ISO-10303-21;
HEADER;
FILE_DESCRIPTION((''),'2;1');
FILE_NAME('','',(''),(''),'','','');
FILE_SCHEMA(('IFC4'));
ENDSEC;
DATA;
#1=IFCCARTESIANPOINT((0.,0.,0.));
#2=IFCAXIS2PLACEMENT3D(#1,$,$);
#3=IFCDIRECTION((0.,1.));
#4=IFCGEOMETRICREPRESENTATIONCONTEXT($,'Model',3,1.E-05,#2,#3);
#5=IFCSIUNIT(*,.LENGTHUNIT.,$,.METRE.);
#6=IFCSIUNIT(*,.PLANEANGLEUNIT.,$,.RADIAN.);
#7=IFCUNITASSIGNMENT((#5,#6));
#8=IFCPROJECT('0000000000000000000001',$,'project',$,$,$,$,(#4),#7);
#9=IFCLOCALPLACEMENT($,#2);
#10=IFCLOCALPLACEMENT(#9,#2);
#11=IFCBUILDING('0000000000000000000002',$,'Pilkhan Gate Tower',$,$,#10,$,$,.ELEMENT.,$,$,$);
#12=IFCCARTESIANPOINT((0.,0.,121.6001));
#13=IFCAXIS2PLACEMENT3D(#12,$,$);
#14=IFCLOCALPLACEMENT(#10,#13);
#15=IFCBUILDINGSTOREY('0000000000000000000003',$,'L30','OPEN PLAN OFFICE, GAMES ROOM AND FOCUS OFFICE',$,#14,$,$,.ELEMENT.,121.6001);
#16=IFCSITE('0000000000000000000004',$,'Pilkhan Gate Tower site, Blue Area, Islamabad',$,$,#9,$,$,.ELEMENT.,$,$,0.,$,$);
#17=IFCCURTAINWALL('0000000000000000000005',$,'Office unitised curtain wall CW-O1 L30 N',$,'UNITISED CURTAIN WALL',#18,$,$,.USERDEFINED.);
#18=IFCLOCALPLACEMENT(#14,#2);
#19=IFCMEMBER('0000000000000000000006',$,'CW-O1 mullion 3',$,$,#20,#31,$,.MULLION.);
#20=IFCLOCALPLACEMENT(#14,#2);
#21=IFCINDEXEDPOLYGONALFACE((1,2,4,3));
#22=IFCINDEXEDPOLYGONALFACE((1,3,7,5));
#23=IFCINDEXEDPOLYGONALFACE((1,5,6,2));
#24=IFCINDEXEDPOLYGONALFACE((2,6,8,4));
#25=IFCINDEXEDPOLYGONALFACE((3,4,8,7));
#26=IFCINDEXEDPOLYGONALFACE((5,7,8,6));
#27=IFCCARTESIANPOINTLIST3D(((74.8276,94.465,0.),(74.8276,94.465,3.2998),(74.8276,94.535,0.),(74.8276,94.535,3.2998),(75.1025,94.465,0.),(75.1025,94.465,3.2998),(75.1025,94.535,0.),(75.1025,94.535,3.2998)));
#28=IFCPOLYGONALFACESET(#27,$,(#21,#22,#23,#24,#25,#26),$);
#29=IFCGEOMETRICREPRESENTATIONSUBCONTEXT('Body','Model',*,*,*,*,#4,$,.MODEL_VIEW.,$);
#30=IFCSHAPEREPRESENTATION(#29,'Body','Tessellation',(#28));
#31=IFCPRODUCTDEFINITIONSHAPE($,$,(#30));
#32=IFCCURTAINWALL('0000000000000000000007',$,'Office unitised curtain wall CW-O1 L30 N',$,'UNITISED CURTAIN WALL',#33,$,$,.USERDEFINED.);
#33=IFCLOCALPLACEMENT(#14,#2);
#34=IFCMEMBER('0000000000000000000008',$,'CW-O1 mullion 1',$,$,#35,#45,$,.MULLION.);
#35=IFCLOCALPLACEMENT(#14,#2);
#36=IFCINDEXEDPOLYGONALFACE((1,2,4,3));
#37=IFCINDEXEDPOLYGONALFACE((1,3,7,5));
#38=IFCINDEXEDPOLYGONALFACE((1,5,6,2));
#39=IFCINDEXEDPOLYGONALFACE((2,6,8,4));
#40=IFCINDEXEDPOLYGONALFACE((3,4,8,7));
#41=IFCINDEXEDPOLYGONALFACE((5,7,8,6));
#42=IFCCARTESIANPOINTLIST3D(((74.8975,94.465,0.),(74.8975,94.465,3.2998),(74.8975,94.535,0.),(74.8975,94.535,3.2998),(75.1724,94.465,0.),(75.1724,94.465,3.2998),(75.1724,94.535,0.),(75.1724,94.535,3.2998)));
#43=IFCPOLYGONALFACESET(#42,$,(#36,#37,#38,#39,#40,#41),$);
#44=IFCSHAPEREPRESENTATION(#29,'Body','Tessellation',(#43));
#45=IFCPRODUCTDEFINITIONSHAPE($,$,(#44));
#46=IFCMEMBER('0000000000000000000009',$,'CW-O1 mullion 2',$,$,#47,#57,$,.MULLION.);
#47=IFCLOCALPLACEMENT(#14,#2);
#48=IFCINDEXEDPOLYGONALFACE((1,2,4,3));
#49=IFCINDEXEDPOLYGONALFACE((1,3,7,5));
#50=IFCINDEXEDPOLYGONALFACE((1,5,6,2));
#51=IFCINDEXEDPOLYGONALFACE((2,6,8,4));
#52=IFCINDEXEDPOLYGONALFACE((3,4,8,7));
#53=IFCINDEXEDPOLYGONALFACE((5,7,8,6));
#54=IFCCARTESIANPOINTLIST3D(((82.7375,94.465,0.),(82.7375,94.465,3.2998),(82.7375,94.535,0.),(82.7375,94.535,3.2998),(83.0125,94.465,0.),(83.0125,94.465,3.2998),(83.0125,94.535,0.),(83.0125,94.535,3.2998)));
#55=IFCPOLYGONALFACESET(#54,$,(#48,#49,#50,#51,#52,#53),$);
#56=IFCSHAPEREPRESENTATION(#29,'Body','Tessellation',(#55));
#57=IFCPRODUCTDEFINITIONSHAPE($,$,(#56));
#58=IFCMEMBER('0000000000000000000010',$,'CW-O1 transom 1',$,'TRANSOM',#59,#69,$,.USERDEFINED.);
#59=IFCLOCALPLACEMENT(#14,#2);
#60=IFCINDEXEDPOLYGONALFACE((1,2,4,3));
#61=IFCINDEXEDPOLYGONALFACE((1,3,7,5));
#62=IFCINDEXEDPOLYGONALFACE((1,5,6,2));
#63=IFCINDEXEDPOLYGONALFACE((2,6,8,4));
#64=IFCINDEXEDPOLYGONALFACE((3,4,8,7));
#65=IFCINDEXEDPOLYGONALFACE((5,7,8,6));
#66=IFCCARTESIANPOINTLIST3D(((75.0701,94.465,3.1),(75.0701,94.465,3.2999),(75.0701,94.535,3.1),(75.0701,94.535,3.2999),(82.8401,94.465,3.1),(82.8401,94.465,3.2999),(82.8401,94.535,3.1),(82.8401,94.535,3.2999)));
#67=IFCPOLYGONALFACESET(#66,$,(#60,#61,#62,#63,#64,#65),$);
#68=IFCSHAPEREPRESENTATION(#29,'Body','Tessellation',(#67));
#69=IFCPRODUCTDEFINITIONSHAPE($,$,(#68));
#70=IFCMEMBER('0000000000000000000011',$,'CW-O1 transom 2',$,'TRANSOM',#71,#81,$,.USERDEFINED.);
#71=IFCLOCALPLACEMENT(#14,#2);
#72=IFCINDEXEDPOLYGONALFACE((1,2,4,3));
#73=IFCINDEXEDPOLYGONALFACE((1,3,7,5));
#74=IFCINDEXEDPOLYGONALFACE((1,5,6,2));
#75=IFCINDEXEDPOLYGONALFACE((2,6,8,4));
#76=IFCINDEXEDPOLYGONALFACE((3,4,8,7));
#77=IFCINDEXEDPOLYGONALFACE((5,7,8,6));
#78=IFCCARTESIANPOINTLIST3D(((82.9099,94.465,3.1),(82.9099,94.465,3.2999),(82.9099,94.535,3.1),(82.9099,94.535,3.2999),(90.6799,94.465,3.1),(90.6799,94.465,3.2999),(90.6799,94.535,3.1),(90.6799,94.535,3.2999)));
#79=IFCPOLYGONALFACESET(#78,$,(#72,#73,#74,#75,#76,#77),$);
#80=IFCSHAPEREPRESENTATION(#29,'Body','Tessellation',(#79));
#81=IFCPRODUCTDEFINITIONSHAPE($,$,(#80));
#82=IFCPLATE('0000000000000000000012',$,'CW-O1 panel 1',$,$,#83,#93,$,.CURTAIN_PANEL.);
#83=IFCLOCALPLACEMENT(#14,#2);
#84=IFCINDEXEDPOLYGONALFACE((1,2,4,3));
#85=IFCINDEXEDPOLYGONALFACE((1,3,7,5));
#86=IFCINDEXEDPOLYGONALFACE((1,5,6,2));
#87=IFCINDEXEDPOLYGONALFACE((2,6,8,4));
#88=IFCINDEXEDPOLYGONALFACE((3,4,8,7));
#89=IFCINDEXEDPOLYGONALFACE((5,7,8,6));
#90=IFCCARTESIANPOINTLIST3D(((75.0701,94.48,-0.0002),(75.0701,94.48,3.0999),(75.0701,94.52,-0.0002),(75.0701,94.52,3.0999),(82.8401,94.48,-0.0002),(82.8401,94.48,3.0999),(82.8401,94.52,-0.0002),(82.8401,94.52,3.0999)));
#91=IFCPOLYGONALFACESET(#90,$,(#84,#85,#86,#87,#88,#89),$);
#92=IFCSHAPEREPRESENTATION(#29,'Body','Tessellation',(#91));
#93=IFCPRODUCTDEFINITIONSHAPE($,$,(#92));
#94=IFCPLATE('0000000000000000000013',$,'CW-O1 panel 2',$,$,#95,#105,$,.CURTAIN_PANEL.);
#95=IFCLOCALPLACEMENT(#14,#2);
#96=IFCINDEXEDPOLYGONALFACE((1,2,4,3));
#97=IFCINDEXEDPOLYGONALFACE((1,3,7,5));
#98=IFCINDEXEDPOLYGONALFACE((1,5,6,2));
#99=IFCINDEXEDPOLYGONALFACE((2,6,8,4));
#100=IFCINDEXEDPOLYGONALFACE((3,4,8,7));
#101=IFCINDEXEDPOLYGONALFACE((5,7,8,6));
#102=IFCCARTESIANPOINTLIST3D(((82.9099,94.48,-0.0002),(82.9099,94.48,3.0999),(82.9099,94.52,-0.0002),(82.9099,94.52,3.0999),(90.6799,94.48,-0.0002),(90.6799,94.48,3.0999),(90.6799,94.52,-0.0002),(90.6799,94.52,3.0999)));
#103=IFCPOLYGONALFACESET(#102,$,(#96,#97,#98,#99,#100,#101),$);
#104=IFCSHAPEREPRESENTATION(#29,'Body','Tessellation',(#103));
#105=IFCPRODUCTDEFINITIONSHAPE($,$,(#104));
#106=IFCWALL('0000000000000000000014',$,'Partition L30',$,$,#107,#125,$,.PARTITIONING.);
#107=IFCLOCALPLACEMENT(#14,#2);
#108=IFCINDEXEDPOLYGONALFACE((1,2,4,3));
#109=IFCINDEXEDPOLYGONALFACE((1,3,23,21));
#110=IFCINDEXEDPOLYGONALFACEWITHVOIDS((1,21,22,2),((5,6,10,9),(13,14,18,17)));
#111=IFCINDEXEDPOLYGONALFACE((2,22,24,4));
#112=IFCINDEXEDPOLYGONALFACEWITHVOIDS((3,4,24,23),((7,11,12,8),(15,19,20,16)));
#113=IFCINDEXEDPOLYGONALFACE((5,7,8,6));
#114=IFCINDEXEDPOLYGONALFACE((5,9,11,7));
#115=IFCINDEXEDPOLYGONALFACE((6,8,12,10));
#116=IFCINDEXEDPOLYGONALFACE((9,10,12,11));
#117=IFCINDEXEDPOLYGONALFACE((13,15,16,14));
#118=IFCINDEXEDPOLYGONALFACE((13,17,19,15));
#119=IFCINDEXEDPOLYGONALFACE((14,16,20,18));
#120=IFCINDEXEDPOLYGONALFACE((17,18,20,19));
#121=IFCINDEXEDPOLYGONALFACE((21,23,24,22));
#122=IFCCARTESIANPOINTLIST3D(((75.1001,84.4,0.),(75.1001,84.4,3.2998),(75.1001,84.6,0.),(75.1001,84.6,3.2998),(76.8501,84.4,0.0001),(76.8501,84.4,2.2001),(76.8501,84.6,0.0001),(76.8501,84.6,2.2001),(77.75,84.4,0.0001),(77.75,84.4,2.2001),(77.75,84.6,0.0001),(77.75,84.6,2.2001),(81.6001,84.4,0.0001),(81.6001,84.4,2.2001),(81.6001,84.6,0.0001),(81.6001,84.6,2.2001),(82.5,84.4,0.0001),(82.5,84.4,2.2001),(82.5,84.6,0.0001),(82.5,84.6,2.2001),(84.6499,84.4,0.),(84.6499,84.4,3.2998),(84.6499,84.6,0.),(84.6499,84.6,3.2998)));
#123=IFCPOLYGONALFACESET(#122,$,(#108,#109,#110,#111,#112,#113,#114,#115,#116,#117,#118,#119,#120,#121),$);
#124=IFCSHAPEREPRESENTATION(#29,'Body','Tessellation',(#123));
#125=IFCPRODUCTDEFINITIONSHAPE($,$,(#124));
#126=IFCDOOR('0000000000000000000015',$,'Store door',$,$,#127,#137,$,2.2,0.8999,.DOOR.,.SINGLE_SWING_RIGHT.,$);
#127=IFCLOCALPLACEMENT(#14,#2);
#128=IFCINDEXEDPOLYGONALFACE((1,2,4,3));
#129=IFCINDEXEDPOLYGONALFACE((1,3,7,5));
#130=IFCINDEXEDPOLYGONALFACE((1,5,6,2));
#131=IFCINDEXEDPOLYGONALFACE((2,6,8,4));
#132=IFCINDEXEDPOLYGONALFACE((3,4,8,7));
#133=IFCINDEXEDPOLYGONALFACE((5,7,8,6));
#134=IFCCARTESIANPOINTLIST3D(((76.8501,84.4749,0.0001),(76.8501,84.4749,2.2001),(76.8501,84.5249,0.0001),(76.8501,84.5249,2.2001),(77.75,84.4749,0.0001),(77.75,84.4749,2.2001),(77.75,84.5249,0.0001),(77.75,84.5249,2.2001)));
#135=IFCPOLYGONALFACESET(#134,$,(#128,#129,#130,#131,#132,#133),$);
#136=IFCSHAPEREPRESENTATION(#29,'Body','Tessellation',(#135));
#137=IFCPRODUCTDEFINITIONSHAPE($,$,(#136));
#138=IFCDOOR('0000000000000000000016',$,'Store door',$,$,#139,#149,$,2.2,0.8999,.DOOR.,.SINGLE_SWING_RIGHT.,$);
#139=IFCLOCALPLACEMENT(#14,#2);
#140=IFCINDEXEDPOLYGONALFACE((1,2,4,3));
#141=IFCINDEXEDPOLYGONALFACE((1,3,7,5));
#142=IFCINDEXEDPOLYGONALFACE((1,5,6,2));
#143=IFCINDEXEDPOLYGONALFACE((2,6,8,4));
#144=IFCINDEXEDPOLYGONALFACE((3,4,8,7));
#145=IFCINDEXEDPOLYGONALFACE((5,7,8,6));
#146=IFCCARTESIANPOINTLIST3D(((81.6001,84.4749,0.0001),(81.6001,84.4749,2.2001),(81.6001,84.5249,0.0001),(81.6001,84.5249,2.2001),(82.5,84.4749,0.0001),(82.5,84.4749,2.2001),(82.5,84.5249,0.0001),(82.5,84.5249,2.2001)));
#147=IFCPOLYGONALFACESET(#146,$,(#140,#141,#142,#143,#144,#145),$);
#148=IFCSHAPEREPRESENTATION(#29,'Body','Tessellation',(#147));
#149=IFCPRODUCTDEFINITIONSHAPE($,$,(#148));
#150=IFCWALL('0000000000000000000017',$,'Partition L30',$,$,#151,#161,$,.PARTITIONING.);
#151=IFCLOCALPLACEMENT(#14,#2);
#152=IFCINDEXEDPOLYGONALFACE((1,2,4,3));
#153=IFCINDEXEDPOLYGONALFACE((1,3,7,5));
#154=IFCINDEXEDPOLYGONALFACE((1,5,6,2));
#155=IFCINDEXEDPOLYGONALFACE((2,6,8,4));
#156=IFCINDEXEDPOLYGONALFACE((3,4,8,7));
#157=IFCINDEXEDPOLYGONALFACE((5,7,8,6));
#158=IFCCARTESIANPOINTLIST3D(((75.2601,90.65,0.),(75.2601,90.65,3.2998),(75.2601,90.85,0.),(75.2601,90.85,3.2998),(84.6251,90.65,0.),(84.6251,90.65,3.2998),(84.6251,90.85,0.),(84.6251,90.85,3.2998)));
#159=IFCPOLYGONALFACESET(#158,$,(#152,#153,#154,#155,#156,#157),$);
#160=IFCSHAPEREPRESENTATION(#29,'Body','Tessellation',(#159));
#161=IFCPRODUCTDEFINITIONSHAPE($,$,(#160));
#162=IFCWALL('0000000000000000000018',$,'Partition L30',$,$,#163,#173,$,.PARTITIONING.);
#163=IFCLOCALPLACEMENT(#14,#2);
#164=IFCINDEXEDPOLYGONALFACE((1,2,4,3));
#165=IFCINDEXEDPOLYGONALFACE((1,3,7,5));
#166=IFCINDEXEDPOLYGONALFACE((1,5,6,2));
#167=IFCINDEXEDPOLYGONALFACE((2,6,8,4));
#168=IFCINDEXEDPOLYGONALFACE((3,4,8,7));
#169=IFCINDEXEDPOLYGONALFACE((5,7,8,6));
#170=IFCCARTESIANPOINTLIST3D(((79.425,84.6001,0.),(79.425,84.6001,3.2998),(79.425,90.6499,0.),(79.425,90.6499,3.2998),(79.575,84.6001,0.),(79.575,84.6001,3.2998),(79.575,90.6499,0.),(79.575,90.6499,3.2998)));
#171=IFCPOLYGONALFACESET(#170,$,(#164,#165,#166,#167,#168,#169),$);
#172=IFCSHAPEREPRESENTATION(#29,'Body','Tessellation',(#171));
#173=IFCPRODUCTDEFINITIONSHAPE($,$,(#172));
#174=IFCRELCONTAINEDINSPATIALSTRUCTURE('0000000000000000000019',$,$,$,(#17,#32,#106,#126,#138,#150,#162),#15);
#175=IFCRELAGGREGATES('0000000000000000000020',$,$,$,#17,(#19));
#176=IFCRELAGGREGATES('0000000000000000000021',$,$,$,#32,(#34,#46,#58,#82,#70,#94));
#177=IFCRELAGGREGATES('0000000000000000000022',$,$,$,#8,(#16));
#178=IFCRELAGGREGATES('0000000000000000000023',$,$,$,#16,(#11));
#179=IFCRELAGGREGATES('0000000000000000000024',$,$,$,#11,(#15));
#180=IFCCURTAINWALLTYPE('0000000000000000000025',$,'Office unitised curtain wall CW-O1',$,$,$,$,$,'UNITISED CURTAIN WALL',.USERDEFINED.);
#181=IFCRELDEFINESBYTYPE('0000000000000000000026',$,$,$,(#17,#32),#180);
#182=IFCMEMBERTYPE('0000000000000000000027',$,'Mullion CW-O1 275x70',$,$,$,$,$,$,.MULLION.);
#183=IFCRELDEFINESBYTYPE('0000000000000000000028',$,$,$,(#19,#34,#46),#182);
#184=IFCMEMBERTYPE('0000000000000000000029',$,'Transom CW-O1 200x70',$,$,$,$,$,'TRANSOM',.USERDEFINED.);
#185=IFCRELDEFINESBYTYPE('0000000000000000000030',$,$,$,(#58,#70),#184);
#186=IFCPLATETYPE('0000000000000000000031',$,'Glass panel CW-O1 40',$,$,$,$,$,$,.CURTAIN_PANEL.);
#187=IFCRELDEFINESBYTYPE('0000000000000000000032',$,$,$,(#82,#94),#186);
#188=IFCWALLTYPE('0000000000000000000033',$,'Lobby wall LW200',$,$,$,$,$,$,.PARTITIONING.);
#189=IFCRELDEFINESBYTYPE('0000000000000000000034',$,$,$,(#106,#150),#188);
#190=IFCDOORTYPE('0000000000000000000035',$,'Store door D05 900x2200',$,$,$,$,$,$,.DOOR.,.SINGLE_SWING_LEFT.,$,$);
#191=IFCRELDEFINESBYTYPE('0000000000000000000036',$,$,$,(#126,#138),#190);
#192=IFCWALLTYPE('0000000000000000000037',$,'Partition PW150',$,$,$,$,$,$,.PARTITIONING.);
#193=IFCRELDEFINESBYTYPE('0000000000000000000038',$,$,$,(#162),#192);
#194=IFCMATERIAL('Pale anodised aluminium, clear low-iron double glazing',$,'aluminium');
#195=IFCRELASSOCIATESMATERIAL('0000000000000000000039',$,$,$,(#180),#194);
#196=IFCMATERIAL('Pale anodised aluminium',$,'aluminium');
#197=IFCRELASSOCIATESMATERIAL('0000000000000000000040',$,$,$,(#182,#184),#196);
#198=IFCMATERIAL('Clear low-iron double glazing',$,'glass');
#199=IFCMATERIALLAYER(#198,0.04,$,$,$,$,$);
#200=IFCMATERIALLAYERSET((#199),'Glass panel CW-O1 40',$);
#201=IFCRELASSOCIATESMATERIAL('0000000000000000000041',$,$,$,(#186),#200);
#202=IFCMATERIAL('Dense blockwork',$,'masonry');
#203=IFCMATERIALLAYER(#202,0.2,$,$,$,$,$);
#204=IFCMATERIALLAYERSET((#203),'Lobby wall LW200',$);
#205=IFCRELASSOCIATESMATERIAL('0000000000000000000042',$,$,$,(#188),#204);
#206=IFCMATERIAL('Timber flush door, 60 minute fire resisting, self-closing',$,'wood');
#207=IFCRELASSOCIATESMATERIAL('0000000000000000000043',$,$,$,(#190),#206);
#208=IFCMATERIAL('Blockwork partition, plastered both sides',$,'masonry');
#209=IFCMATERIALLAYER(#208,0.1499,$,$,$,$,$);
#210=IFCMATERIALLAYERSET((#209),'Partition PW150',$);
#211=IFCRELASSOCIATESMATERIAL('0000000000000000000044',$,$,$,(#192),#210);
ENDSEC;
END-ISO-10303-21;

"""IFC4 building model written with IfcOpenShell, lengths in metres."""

from ifc_helpers import new_model, si_unit, direction, frame, frame_2d, origin, origin_2d, place, context, subcontext, project, spatial, rectangle, extrude, material, layer, layer_set, material_profile, profile_set, type_object, element, fill, aggregate, save


model = new_model("IFC4")

# Units and contexts
model_context = context("Model", 3, precision=1e-05, world=origin(), true_north=direction((0.0, 1.0)))
body_context = subcontext(model_context, "Body", "Model", "MODEL_VIEW")
ifc_project = project(units=[si_unit("LENGTHUNIT", "METRE"), si_unit("PLANEANGLEUNIT", "RADIAN")], contexts=[model_context])

# Site, building, storey
site_placement = place(None, origin())
site = spatial("IfcSite", under=ifc_project, at=site_placement, Name="Pilkhan Gate Tower site, Blue Area, Islamabad", CompositionType="ELEMENT", RefElevation=0.0)
building_placement = place(site_placement, origin())
building = spatial("IfcBuilding", under=site, at=building_placement, Name="Pilkhan Gate Tower", CompositionType="ELEMENT")
storey_placement = place(building_placement, frame((0.0, 0.0, 121.6001)))
storey = spatial("IfcBuildingStorey", under=building, at=storey_placement, Name="L30", Description="OPEN PLAN OFFICE, GAMES ROOM AND FOCUS OFFICE", CompositionType="ELEMENT", Elevation=121.6001)

# Curtain wall, member
ifc_material_1 = material(Name="Pale anodised aluminium, clear low-iron double glazing", Category="aluminium")
curtain_wall_type = type_object("IfcCurtainWallType", Name="Office unitised curtain wall CW-O1", ElementType="UNITISED CURTAIN WALL", PredefinedType="USERDEFINED", material=ifc_material_1)
curtain_wall_1_placement = place(storey_placement, origin())
curtain_wall_1 = element("IfcCurtainWall", 1, at=curtain_wall_1_placement, inside=storey, type_object=curtain_wall_type, Name="Office unitised curtain wall CW-O1 L30 N", ObjectType="UNITISED CURTAIN WALL", PredefinedType="USERDEFINED")
ifc_material_2 = material(Name="Pale anodised aluminium", Category="aluminium")
ifc_material_profile_1 = material_profile(ifc_material_2, rectangle(XDim=0.0701, YDim=0.2749, at=origin_2d()), Name="Mullion 275x70")
ifc_profile_set_1 = profile_set([ifc_material_profile_1], Name="Pale anodised aluminium")
member_type_1 = type_object("IfcMemberType", Name="Mullion CW-O1 275x70", PredefinedType="MULLION", material=ifc_profile_set_1)
member_1_placement = place(storey_placement, frame((74.9651, 94.5, 0.0), z_axis=(0.0, 0.0, 1.0), x_axis=(0.0, 1.0, 0.0)))
member_1 = element("IfcMember", 2, at=member_1_placement, type_object=member_type_1, Name="CW-O1 mullion 3", PredefinedType="MULLION", context=body_context, shape_type="SweptSolid", body=[
    extrude(rectangle(XDim=0.0701, YDim=0.2749, at=origin_2d()), origin(), (0.0, 0.0, 1.0), 3.2998),
])
aggregate(curtain_wall_1, [member_1])

# Curtain wall, members, plates
curtain_wall_2_placement = place(storey_placement, origin())
curtain_wall_2 = element("IfcCurtainWall", 3, at=curtain_wall_2_placement, inside=storey, type_object=curtain_wall_type, Name="Office unitised curtain wall CW-O1 L30 N", ObjectType="UNITISED CURTAIN WALL", PredefinedType="USERDEFINED")
member_2_placement = place(storey_placement, frame((75.0349, 94.5, 0.0), z_axis=(0.0, 0.0, 1.0), x_axis=(0.0, 1.0, 0.0)))
member_2 = element("IfcMember", 4, at=member_2_placement, type_object=member_type_1, Name="CW-O1 mullion 1", PredefinedType="MULLION", context=body_context, shape_type="SweptSolid", body=[
    extrude(rectangle(XDim=0.0701, YDim=0.2749, at=origin_2d()), origin(), (0.0, 0.0, 1.0), 3.2998),
])
member_3_placement = place(storey_placement, frame((82.875, 94.5, 0.0), z_axis=(0.0, 0.0, 1.0), x_axis=(0.0, 1.0, 0.0)))
member_3 = element("IfcMember", 5, at=member_3_placement, type_object=member_type_1, Name="CW-O1 mullion 2", PredefinedType="MULLION", context=body_context, shape_type="SweptSolid", body=[
    extrude(rectangle(XDim=0.0701, YDim=0.2749, at=origin_2d()), origin(), (0.0, 0.0, 1.0), 3.2998),
])
ifc_material_profile_2 = material_profile(ifc_material_2, rectangle(XDim=0.0701, YDim=0.2, at=origin_2d()), Name="Transom 200x70")
ifc_profile_set_2 = profile_set([ifc_material_profile_2], Name="Pale anodised aluminium")
member_type_2 = type_object("IfcMemberType", Name="Transom CW-O1 200x70", ElementType="TRANSOM", PredefinedType="USERDEFINED", material=ifc_profile_set_2)
member_4_placement = place(storey_placement, frame((75.0701, 94.5, 3.2), z_axis=(1.0, 0.0, 0.0), x_axis=(0.0, 1.0, 0.0)))
member_4 = element("IfcMember", 6, at=member_4_placement, type_object=member_type_2, Name="CW-O1 transom 1", ObjectType="TRANSOM", PredefinedType="USERDEFINED", context=body_context, shape_type="SweptSolid", body=[
    extrude(rectangle(XDim=0.0701, YDim=0.2, at=origin_2d()), origin(), (0.0, 0.0, 1.0), 7.77),
])
member_5_placement = place(storey_placement, frame((82.9099, 94.5, 3.2), z_axis=(1.0, 0.0, 0.0), x_axis=(0.0, 1.0, 0.0)))
member_5 = element("IfcMember", 7, at=member_5_placement, type_object=member_type_2, Name="CW-O1 transom 2", ObjectType="TRANSOM", PredefinedType="USERDEFINED", context=body_context, shape_type="SweptSolid", body=[
    extrude(rectangle(XDim=0.0701, YDim=0.2, at=origin_2d()), origin(), (0.0, 0.0, 1.0), 7.77),
])
ifc_material_3 = material(Name="Clear low-iron double glazing", Category="glass")
ifc_layer_1 = layer(ifc_material_3, 0.04)
ifc_layer_set_1 = layer_set([ifc_layer_1], Name="Glass panel CW-O1 40")
plate_type = type_object("IfcPlateType", Name="Glass panel CW-O1 40", PredefinedType="CURTAIN_PANEL", material=ifc_layer_set_1)
plate_1_placement = place(storey_placement, frame((78.9551, 94.5, -0.0002), z_axis=(0.0, 0.0, 1.0), x_axis=(1.0, 0.0, 0.0)))
plate_1 = element("IfcPlate", 8, at=plate_1_placement, type_object=plate_type, Name="CW-O1 panel 1", PredefinedType="CURTAIN_PANEL", context=body_context, shape_type="SweptSolid", body=[
    extrude(rectangle(XDim=7.77, YDim=0.04, at=origin_2d()), origin(), (0.0, 0.0, 1.0), 3.1001),
])
plate_2_placement = place(storey_placement, frame((86.7949, 94.5, -0.0002), z_axis=(0.0, 0.0, 1.0), x_axis=(1.0, 0.0, 0.0)))
plate_2 = element("IfcPlate", 9, at=plate_2_placement, type_object=plate_type, Name="CW-O1 panel 2", PredefinedType="CURTAIN_PANEL", context=body_context, shape_type="SweptSolid", body=[
    extrude(rectangle(XDim=7.77, YDim=0.04, at=origin_2d()), origin(), (0.0, 0.0, 1.0), 3.1001),
])
aggregate(curtain_wall_2, [member_2, member_3, member_4, plate_1, member_5, plate_2])

# Wall, openings, doors
ifc_material_4 = material(Name="Dense blockwork", Category="masonry")
ifc_layer_2 = layer(ifc_material_4, 0.2)
ifc_layer_set_2 = layer_set([ifc_layer_2], Name="Lobby wall LW200")
wall_type_1 = type_object("IfcWallType", Name="Lobby wall LW200", PredefinedType="PARTITIONING", material=ifc_layer_set_2)
wall_1_placement = place(storey_placement, frame((75.1001, 84.5, 0.0), z_axis=(0.0, 0.0, 1.0), x_axis=(1.0, 0.0, 0.0)))
wall_1 = element("IfcWall", 10, at=wall_1_placement, inside=storey, type_object=wall_type_1, Name="Partition L30", PredefinedType="PARTITIONING", context=body_context, shape_type="SweptSolid", body=[
    extrude(rectangle(XDim=9.5498, YDim=0.2, at=frame_2d((4.7749, 0.0))), origin(), (0.0, 0.0, 1.0), 3.2998),
])
opening_1_placement = place(wall_1_placement, frame((1.75, 0.0, 0.0)))
opening_1 = element("IfcOpeningElement", 11, at=opening_1_placement, cuts=wall_1, PredefinedType="OPENING", context=body_context, shape_type="SweptSolid", body=[
    extrude(rectangle(XDim=0.8999, YDim=2.2, at=frame_2d((0.45, 1.1001))), frame((0.0, 0.1099, 0.0), z_axis=(0.0, -1.0, 0.0), x_axis=(1.0, 0.0, 0.0)), (0.0, 0.0, 1.0), 0.22),
])
opening_2_placement = place(wall_1_placement, frame((6.5, 0.0, 0.0)))
opening_2 = element("IfcOpeningElement", 12, at=opening_2_placement, cuts=wall_1, PredefinedType="OPENING", context=body_context, shape_type="SweptSolid", body=[
    extrude(rectangle(XDim=0.8999, YDim=2.2, at=frame_2d((0.45, 1.1001))), frame((0.0, 0.1099, 0.0), z_axis=(0.0, -1.0, 0.0), x_axis=(1.0, 0.0, 0.0)), (0.0, 0.0, 1.0), 0.22),
])
ifc_material_5 = material(Name="Timber flush door, 60 minute fire resisting, self-closing", Category="wood")
door_type = type_object("IfcDoorType", Name="Store door D05 900x2200", OperationType="SINGLE_SWING_LEFT", PredefinedType="DOOR", material=ifc_material_5)
door_1_placement = place(opening_1_placement, origin())
door_1 = element("IfcDoor", 13, at=door_1_placement, inside=storey, type_object=door_type, Name="Store door", OperationType="SINGLE_SWING_RIGHT", OverallHeight=2.2, OverallWidth=0.8999, PredefinedType="DOOR", context=body_context, shape_type="SweptSolid", body=[
    extrude(rectangle(XDim=0.8999, YDim=2.2, at=frame_2d((0.45, 1.1001))), frame((0.0, 0.0249, 0.0), z_axis=(0.0, -1.0, 0.0), x_axis=(1.0, 0.0, 0.0)), (0.0, 0.0, 1.0), 0.05),
])
fill(opening_1, door_1)
door_2_placement = place(opening_2_placement, origin())
door_2 = element("IfcDoor", 14, at=door_2_placement, inside=storey, type_object=door_type, Name="Store door", OperationType="SINGLE_SWING_RIGHT", OverallHeight=2.2, OverallWidth=0.8999, PredefinedType="DOOR", context=body_context, shape_type="SweptSolid", body=[
    extrude(rectangle(XDim=0.8999, YDim=2.2, at=frame_2d((0.45, 1.1001))), frame((0.0, 0.0249, 0.0), z_axis=(0.0, -1.0, 0.0), x_axis=(1.0, 0.0, 0.0)), (0.0, 0.0, 1.0), 0.05),
])
fill(opening_2, door_2)

# Walls
wall_2_placement = place(storey_placement, frame((75.26, 90.75, 0.0), z_axis=(0.0, 0.0, 1.0), x_axis=(1.0, 0.0, 0.0)))
element("IfcWall", 15, at=wall_2_placement, inside=storey, type_object=wall_type_1, Name="Partition L30", PredefinedType="PARTITIONING", context=body_context, shape_type="SweptSolid", body=[
    extrude(rectangle(XDim=9.365, YDim=0.2, at=frame_2d((4.6826, 0.0))), origin(), (0.0, 0.0, 1.0), 3.2998),
])
ifc_material_6 = material(Name="Blockwork partition, plastered both sides", Category="masonry")
ifc_layer_3 = layer(ifc_material_6, 0.1499)
ifc_layer_set_3 = layer_set([ifc_layer_3], Name="Partition PW150")
wall_type_2 = type_object("IfcWallType", Name="Partition PW150", PredefinedType="PARTITIONING", material=ifc_layer_set_3)
wall_3_placement = place(storey_placement, frame((79.5, 84.6001, 0.0), z_axis=(0.0, 0.0, 1.0), x_axis=(0.0, 1.0, 0.0)))
element("IfcWall", 16, at=wall_3_placement, inside=storey, type_object=wall_type_2, Name="Partition L30", PredefinedType="PARTITIONING", context=body_context, shape_type="SweptSolid", body=[
    extrude(rectangle(XDim=6.0498, YDim=0.1499, at=frame_2d((3.0249, 0.0))), origin(), (0.0, 0.0, 1.0), 3.2998),
])

save(model, "model.ifc")
